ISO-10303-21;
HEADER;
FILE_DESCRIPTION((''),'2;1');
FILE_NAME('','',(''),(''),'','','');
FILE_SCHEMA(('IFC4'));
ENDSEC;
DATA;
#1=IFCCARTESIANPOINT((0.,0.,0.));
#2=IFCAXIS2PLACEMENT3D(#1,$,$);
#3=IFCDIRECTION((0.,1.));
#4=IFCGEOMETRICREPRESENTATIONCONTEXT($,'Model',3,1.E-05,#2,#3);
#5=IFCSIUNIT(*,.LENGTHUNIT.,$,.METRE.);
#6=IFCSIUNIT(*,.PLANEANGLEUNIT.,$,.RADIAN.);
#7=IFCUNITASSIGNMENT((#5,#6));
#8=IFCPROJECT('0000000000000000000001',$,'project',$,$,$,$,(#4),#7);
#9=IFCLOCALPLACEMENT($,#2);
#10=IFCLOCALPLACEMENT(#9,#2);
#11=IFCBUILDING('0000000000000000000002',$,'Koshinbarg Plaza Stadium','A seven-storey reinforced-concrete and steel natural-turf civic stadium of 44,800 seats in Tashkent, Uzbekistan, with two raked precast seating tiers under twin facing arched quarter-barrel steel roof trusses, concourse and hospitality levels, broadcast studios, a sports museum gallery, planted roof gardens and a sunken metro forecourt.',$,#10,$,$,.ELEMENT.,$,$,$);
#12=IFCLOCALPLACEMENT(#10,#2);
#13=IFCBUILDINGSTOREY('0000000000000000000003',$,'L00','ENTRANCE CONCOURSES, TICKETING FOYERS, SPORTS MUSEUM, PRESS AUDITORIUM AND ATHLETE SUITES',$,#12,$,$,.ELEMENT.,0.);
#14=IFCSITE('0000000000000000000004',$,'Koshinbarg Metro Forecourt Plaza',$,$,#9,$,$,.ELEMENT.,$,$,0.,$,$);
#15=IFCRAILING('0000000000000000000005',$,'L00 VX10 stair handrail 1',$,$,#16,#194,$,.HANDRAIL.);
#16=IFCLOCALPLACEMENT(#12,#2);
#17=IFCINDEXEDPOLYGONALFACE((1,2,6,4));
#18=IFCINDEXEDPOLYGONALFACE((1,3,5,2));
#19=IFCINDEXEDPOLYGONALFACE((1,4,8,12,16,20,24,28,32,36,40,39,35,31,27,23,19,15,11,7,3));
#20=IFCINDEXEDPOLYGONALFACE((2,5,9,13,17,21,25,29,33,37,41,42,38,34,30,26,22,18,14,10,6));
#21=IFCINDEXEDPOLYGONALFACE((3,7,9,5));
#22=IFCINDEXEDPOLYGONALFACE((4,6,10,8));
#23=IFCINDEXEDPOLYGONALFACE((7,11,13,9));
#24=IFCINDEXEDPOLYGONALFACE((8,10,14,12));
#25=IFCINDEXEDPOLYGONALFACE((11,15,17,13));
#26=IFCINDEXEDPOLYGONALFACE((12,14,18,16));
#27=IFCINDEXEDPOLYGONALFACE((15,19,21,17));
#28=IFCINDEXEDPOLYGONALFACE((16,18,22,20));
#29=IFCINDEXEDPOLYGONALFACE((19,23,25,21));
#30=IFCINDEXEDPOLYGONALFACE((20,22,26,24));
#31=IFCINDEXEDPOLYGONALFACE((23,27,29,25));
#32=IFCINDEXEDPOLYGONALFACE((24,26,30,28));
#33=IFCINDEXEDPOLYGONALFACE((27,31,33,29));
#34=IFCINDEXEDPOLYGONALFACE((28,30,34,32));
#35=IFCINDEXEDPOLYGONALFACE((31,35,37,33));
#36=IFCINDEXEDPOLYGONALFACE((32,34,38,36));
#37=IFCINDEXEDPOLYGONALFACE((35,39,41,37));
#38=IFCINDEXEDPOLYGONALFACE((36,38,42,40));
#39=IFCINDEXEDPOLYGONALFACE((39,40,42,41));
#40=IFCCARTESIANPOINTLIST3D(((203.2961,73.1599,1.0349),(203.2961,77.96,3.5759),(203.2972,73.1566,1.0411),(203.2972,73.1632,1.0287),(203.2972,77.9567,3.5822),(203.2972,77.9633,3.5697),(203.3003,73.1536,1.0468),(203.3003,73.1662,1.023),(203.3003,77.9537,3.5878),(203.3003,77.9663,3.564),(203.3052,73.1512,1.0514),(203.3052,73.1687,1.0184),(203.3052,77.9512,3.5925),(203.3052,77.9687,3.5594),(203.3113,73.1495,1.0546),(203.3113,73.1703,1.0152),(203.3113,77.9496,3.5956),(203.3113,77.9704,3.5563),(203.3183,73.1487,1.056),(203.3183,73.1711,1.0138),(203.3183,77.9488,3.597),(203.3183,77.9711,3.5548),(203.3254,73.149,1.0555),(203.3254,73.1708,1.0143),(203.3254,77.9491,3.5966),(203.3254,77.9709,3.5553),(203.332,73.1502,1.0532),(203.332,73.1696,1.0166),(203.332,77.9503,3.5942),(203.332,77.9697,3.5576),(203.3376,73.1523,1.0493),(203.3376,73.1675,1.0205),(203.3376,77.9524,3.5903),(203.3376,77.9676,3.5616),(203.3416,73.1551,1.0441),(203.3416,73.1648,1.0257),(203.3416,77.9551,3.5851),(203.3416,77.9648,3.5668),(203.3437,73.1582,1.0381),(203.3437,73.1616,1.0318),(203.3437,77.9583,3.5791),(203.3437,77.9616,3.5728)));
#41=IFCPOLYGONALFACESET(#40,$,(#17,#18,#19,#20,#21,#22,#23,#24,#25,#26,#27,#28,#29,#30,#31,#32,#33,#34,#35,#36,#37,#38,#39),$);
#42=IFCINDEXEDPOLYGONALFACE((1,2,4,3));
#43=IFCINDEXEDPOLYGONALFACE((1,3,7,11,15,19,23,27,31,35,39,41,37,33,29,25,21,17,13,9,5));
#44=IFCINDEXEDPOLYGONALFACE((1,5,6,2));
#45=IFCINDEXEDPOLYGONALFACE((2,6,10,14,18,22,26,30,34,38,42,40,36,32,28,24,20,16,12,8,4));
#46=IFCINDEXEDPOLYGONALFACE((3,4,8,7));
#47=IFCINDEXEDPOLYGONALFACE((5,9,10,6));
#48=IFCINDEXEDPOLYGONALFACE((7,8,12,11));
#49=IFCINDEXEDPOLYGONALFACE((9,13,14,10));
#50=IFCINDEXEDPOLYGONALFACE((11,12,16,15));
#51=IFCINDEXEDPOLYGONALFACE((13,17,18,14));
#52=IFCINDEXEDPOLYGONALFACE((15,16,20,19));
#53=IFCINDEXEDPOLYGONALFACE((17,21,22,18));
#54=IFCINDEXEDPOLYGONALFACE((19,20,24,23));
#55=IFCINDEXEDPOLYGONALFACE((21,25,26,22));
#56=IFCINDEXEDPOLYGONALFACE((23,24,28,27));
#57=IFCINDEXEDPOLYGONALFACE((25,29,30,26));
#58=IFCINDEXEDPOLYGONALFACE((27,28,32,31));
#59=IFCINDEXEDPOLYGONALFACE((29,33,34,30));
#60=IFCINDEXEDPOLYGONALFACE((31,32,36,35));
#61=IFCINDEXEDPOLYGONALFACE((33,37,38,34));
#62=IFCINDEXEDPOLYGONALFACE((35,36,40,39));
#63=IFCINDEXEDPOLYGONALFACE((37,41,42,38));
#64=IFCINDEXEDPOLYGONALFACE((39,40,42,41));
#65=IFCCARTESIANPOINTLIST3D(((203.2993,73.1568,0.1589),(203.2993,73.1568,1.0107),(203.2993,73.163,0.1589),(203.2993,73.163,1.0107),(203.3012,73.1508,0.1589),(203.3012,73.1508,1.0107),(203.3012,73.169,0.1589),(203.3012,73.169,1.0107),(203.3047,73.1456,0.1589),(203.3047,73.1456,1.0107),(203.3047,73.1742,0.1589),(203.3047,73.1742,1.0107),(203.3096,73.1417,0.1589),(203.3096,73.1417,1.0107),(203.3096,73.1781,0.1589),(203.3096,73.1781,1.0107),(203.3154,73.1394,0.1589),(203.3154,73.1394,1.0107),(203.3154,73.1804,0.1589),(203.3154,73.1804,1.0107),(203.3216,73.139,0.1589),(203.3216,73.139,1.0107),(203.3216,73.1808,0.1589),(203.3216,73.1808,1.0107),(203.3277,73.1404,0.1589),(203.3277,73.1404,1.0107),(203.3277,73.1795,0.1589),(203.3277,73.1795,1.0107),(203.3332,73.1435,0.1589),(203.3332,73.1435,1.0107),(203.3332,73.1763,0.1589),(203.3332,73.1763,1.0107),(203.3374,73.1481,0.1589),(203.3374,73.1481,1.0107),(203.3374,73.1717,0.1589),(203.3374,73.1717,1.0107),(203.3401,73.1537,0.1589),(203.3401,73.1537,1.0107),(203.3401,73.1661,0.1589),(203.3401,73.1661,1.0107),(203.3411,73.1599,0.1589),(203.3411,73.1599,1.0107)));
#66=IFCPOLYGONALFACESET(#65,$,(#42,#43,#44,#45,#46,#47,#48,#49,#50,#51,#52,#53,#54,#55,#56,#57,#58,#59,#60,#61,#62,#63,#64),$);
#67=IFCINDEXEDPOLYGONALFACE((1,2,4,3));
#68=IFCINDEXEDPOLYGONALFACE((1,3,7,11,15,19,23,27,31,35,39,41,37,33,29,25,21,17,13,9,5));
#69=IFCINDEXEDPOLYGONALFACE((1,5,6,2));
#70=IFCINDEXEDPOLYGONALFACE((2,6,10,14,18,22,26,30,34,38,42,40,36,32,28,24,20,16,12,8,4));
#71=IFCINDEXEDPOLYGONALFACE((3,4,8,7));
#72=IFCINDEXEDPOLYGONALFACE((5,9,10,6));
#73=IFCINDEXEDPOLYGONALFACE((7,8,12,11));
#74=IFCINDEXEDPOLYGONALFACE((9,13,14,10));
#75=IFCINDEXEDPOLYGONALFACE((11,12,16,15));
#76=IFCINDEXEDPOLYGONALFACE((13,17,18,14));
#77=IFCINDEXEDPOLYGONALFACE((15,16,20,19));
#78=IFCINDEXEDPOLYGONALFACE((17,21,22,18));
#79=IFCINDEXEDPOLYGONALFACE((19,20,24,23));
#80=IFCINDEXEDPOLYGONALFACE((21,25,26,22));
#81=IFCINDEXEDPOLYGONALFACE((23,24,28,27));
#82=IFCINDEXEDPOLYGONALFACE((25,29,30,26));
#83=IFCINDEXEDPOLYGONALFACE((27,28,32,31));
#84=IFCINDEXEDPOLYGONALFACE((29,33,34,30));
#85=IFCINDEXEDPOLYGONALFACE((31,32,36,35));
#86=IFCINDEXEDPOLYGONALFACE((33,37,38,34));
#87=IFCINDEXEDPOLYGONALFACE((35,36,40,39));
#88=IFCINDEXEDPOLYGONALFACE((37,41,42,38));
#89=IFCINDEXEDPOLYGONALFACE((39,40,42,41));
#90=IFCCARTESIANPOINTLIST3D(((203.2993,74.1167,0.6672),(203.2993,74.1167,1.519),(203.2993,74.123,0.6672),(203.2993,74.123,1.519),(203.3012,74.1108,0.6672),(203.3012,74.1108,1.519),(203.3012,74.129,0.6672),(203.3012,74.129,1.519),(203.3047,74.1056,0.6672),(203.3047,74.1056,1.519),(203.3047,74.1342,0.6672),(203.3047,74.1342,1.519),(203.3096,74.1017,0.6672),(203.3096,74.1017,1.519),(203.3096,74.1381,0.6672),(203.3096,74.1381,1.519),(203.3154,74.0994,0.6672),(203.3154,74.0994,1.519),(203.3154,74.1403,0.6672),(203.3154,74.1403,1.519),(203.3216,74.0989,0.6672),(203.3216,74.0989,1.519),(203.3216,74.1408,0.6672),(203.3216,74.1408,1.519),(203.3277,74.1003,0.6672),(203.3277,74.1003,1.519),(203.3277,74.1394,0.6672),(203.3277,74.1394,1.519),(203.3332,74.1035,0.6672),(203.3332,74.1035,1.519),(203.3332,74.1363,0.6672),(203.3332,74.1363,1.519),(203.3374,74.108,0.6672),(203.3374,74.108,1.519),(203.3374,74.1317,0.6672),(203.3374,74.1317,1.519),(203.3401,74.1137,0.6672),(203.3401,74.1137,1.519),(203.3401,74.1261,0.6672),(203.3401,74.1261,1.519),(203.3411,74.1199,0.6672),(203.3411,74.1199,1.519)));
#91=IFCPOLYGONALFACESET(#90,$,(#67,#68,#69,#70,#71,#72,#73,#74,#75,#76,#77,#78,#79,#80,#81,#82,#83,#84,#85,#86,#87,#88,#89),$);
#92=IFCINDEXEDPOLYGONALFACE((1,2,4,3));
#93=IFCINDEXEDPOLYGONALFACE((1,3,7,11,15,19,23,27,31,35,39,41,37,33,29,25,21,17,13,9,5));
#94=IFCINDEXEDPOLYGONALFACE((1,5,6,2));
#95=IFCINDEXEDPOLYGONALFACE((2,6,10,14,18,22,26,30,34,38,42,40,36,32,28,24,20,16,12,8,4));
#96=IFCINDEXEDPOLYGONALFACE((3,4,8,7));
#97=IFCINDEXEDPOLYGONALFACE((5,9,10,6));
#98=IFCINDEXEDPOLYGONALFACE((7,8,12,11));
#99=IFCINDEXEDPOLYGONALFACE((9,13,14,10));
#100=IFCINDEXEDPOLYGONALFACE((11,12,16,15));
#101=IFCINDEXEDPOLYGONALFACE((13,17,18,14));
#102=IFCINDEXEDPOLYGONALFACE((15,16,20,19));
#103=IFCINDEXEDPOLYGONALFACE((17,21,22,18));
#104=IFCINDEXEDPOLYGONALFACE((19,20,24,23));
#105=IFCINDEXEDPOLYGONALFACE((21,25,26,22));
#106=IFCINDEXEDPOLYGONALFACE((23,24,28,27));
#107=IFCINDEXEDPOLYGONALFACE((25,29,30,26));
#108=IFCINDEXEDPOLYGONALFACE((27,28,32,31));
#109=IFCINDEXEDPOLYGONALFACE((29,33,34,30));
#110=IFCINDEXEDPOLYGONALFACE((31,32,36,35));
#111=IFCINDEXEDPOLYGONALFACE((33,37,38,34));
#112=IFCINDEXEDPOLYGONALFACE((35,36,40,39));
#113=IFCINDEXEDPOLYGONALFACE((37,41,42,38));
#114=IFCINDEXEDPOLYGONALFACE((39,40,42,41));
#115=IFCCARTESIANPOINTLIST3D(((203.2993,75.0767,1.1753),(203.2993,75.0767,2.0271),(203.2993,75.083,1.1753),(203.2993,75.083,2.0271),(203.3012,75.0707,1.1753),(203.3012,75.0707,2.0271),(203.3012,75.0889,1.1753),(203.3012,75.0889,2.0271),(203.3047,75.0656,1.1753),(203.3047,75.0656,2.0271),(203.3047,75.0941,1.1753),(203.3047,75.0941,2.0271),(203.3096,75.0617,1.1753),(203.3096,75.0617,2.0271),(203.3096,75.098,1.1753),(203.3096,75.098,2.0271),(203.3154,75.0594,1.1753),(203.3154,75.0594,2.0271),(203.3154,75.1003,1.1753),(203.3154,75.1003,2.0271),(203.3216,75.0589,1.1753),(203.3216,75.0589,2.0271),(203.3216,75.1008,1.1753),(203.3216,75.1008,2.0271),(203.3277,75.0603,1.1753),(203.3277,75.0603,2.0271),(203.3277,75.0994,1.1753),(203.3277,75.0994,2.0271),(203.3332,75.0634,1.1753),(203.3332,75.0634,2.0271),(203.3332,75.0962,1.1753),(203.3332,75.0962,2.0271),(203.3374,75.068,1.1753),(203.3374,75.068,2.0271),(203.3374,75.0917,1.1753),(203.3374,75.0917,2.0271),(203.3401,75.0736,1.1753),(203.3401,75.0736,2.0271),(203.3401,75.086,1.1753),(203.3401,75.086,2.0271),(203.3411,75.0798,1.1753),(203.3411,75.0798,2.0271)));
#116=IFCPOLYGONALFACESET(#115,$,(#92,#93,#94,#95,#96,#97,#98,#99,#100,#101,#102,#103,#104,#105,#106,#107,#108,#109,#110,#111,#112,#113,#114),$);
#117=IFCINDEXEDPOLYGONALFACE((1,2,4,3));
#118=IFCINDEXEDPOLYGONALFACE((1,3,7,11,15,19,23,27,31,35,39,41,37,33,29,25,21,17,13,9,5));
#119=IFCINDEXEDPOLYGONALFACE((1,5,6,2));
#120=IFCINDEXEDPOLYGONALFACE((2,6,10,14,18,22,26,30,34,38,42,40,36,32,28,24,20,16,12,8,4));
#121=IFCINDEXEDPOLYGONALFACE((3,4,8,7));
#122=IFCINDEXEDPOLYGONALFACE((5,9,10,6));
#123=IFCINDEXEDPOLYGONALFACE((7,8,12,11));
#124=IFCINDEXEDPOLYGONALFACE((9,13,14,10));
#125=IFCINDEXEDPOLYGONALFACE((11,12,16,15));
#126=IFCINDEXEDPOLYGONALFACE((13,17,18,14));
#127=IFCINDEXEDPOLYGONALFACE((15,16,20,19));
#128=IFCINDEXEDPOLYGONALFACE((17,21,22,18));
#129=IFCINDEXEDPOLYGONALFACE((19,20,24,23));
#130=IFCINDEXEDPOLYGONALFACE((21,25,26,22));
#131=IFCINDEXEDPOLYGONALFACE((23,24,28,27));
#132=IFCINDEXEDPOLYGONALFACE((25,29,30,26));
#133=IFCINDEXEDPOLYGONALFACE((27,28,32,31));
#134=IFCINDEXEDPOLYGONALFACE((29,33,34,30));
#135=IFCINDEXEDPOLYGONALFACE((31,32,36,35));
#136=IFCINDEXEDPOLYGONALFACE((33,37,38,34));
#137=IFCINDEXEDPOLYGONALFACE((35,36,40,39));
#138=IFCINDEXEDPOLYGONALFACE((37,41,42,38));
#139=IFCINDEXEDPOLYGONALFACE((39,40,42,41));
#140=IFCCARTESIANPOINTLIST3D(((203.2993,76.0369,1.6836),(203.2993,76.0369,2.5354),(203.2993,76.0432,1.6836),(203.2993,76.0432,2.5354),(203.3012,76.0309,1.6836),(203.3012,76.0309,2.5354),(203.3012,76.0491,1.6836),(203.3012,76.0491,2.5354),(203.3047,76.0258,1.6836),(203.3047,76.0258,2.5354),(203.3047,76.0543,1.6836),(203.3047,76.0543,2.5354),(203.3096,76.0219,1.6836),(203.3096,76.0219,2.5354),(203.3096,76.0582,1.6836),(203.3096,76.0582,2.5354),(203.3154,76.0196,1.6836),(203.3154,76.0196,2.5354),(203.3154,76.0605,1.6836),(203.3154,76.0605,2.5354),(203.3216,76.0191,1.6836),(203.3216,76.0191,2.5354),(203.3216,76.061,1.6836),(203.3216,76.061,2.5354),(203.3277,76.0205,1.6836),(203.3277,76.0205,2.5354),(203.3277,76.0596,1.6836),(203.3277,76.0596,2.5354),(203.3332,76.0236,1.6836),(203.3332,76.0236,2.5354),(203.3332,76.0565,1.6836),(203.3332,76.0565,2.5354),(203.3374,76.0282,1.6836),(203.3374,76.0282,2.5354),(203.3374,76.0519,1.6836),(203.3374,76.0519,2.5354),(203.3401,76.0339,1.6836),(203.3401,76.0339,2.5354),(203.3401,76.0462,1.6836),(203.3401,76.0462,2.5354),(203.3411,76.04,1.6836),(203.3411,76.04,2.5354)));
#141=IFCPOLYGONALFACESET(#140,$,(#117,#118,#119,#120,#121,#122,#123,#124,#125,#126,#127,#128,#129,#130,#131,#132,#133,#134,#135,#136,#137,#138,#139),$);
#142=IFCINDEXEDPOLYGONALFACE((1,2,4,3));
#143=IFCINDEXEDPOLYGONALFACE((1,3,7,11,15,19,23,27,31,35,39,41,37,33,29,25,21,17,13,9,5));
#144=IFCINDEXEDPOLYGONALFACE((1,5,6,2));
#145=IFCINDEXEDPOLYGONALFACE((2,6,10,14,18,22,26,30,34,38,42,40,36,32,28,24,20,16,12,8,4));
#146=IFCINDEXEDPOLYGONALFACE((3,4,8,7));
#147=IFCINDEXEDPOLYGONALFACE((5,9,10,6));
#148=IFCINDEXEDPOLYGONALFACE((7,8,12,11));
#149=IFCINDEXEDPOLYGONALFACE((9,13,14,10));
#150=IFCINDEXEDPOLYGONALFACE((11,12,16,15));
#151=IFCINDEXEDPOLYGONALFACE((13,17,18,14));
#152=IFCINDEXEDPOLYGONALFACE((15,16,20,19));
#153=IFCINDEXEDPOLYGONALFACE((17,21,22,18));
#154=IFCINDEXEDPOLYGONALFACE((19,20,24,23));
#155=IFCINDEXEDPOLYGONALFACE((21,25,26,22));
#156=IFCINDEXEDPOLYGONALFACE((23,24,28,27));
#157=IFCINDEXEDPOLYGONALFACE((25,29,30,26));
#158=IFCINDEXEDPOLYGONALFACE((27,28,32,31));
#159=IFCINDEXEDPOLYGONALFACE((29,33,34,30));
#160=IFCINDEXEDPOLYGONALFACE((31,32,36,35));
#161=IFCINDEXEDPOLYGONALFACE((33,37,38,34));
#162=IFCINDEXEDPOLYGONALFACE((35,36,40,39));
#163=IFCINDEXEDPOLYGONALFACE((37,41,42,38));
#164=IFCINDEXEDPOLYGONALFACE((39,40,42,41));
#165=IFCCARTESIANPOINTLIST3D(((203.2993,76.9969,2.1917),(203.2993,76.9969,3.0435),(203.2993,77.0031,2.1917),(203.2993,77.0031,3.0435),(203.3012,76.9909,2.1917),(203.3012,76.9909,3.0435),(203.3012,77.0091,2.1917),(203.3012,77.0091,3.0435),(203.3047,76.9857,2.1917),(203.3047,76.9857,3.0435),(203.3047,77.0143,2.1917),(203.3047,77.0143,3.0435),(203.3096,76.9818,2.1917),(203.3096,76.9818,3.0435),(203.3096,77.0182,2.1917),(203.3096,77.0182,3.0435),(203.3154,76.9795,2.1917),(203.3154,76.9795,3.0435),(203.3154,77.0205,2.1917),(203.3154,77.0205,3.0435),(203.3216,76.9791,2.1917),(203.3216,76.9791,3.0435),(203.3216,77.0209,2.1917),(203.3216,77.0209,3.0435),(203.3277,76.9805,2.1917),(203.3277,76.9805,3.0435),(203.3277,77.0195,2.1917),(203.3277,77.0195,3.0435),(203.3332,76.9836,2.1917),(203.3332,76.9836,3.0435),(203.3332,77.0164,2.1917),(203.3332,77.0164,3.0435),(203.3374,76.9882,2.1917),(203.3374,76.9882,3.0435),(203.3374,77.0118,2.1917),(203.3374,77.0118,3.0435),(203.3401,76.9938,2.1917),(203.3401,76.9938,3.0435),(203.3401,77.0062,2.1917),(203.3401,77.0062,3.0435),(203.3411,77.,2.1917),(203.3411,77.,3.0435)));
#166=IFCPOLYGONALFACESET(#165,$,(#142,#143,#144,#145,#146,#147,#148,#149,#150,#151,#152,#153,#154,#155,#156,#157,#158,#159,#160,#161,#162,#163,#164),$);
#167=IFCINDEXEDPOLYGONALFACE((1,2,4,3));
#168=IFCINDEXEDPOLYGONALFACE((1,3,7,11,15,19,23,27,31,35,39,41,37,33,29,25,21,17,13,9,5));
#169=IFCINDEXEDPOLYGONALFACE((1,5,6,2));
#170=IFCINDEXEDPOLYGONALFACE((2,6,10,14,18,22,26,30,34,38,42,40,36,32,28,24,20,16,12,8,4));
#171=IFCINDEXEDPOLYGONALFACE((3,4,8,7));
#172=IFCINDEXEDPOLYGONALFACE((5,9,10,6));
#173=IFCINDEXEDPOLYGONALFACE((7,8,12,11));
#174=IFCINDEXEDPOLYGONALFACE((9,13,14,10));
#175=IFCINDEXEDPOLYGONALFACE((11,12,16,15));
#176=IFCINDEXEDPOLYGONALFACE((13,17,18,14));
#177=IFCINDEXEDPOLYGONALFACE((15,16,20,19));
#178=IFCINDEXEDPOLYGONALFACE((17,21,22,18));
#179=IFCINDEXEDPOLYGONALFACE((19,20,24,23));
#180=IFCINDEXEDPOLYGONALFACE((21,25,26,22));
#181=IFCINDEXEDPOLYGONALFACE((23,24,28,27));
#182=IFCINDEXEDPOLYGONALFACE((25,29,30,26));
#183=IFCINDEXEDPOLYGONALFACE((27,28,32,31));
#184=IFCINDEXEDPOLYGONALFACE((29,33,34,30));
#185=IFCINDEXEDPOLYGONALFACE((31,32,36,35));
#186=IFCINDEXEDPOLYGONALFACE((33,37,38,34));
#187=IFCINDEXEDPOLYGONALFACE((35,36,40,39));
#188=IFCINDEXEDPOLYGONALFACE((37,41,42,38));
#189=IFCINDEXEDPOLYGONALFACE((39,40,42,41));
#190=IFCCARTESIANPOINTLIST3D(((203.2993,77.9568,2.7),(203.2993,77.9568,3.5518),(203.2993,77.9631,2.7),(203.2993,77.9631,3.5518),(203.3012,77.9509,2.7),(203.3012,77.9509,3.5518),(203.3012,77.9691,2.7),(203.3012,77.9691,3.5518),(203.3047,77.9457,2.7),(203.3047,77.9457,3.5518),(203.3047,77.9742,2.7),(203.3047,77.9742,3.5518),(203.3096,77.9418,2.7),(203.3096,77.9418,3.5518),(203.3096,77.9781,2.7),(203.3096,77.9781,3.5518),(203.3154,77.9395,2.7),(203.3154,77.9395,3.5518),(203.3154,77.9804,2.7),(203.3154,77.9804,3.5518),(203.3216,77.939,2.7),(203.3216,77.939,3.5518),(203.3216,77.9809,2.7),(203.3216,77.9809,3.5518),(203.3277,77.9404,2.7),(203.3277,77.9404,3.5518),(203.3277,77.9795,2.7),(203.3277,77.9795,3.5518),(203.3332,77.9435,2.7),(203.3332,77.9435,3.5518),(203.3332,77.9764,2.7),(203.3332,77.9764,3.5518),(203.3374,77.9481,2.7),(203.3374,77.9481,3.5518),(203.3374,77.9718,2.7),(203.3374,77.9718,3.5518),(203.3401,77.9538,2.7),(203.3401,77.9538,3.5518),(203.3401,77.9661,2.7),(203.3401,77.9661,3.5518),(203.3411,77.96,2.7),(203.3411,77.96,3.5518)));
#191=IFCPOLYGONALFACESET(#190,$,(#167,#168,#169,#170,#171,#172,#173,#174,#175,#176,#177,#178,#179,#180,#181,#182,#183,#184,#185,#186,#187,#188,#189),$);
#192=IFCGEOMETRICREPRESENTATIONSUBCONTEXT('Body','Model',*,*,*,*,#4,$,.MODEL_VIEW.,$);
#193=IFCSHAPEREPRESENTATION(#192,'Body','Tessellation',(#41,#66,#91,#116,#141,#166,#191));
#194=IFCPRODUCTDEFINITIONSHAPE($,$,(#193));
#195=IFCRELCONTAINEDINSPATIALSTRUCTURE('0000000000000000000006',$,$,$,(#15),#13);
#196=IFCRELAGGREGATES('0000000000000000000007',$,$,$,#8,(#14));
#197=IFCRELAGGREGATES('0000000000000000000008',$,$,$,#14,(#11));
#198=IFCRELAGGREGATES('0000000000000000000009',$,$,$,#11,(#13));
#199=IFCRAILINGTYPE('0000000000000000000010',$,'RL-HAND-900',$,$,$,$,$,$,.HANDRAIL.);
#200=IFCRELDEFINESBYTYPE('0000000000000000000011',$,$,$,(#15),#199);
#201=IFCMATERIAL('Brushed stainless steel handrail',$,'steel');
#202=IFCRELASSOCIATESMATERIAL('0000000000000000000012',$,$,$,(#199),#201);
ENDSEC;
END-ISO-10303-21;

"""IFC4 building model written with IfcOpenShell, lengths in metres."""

from ifc_helpers import new_model, si_unit, direction, frame, origin, origin_2d, place, context, subcontext, project, spatial, circle, extrude, material, type_object, element, save


model = new_model("IFC4")

# Units and contexts
model_context = context("Model", 3, precision=1e-05, world=origin(), true_north=direction((0.0, 1.0)))
body_context = subcontext(model_context, "Body", "Model", "MODEL_VIEW")
ifc_project = project(units=[si_unit("LENGTHUNIT", "METRE"), si_unit("PLANEANGLEUNIT", "RADIAN")], contexts=[model_context])

# Site, building, storey
site_placement = place(None, origin())
site = spatial("IfcSite", under=ifc_project, at=site_placement, Name="Koshinbarg Metro Forecourt Plaza", CompositionType="ELEMENT", RefElevation=0.0)
building_placement = place(site_placement, origin())
building = spatial("IfcBuilding", under=site, at=building_placement, Name="Koshinbarg Plaza Stadium", Description="A seven-storey reinforced-concrete and steel natural-turf civic stadium of 44,800 seats in Tashkent, Uzbekistan, with two raked precast seating tiers under twin facing arched quarter-barrel steel roof trusses, concourse and hospitality levels, broadcast studios, a sports museum gallery, planted roof gardens and a sunken metro forecourt.", CompositionType="ELEMENT")
storey_placement = place(building_placement, origin())
storey = spatial("IfcBuildingStorey", under=building, at=storey_placement, Name="L00", Description="ENTRANCE CONCOURSES, TICKETING FOYERS, SPORTS MUSEUM, PRESS AUDITORIUM AND ATHLETE SUITES", CompositionType="ELEMENT", Elevation=0.0)

# Railing
ifc_material_1 = material(Name="Brushed stainless steel handrail", Category="steel")
railing_type_1 = type_object("IfcRailingType", Name="RL-HAND-900", PredefinedType="HANDRAIL", material=ifc_material_1)
railing_1_placement = place(storey_placement, frame((203.3201, 73.1599, 0.1589)))
element("IfcRailing", 1, at=railing_1_placement, inside=storey, type_object=railing_type_1, Name="L00 VX10 stair handrail 1", PredefinedType="HANDRAIL", context=body_context, shape_type="SweptSolid", body=[
    extrude(circle(Radius=0.0239, at=origin_2d()), frame((0.0, 0.0, 0.876), z_axis=(0.0, 0.883802, 0.467861), x_axis=(-1.0, 0.0, 0.0)), (0.0, 0.0, 1.0), 5.4312),
    extrude(circle(Radius=0.021, at=origin_2d()), origin(), (0.0, 0.0, 1.0), 0.8518),
    extrude(circle(Radius=0.021, at=origin_2d()), frame((0.0, 0.96, 0.5083)), (0.0, 0.0, 1.0), 0.8518),
    extrude(circle(Radius=0.021, at=origin_2d()), frame((0.0, 1.9199, 1.0164)), (0.0, 0.0, 1.0), 0.8518),
    extrude(circle(Radius=0.021, at=origin_2d()), frame((0.0, 2.8801, 1.5247)), (0.0, 0.0, 1.0), 0.8518),
    extrude(circle(Radius=0.021, at=origin_2d()), frame((0.0, 3.8401, 2.0327)), (0.0, 0.0, 1.0), 0.8518),
    extrude(circle(Radius=0.021, at=origin_2d()), frame((0.0, 4.8, 2.541)), (0.0, 0.0, 1.0), 0.8518),
])

save(model, "model.ifc")
